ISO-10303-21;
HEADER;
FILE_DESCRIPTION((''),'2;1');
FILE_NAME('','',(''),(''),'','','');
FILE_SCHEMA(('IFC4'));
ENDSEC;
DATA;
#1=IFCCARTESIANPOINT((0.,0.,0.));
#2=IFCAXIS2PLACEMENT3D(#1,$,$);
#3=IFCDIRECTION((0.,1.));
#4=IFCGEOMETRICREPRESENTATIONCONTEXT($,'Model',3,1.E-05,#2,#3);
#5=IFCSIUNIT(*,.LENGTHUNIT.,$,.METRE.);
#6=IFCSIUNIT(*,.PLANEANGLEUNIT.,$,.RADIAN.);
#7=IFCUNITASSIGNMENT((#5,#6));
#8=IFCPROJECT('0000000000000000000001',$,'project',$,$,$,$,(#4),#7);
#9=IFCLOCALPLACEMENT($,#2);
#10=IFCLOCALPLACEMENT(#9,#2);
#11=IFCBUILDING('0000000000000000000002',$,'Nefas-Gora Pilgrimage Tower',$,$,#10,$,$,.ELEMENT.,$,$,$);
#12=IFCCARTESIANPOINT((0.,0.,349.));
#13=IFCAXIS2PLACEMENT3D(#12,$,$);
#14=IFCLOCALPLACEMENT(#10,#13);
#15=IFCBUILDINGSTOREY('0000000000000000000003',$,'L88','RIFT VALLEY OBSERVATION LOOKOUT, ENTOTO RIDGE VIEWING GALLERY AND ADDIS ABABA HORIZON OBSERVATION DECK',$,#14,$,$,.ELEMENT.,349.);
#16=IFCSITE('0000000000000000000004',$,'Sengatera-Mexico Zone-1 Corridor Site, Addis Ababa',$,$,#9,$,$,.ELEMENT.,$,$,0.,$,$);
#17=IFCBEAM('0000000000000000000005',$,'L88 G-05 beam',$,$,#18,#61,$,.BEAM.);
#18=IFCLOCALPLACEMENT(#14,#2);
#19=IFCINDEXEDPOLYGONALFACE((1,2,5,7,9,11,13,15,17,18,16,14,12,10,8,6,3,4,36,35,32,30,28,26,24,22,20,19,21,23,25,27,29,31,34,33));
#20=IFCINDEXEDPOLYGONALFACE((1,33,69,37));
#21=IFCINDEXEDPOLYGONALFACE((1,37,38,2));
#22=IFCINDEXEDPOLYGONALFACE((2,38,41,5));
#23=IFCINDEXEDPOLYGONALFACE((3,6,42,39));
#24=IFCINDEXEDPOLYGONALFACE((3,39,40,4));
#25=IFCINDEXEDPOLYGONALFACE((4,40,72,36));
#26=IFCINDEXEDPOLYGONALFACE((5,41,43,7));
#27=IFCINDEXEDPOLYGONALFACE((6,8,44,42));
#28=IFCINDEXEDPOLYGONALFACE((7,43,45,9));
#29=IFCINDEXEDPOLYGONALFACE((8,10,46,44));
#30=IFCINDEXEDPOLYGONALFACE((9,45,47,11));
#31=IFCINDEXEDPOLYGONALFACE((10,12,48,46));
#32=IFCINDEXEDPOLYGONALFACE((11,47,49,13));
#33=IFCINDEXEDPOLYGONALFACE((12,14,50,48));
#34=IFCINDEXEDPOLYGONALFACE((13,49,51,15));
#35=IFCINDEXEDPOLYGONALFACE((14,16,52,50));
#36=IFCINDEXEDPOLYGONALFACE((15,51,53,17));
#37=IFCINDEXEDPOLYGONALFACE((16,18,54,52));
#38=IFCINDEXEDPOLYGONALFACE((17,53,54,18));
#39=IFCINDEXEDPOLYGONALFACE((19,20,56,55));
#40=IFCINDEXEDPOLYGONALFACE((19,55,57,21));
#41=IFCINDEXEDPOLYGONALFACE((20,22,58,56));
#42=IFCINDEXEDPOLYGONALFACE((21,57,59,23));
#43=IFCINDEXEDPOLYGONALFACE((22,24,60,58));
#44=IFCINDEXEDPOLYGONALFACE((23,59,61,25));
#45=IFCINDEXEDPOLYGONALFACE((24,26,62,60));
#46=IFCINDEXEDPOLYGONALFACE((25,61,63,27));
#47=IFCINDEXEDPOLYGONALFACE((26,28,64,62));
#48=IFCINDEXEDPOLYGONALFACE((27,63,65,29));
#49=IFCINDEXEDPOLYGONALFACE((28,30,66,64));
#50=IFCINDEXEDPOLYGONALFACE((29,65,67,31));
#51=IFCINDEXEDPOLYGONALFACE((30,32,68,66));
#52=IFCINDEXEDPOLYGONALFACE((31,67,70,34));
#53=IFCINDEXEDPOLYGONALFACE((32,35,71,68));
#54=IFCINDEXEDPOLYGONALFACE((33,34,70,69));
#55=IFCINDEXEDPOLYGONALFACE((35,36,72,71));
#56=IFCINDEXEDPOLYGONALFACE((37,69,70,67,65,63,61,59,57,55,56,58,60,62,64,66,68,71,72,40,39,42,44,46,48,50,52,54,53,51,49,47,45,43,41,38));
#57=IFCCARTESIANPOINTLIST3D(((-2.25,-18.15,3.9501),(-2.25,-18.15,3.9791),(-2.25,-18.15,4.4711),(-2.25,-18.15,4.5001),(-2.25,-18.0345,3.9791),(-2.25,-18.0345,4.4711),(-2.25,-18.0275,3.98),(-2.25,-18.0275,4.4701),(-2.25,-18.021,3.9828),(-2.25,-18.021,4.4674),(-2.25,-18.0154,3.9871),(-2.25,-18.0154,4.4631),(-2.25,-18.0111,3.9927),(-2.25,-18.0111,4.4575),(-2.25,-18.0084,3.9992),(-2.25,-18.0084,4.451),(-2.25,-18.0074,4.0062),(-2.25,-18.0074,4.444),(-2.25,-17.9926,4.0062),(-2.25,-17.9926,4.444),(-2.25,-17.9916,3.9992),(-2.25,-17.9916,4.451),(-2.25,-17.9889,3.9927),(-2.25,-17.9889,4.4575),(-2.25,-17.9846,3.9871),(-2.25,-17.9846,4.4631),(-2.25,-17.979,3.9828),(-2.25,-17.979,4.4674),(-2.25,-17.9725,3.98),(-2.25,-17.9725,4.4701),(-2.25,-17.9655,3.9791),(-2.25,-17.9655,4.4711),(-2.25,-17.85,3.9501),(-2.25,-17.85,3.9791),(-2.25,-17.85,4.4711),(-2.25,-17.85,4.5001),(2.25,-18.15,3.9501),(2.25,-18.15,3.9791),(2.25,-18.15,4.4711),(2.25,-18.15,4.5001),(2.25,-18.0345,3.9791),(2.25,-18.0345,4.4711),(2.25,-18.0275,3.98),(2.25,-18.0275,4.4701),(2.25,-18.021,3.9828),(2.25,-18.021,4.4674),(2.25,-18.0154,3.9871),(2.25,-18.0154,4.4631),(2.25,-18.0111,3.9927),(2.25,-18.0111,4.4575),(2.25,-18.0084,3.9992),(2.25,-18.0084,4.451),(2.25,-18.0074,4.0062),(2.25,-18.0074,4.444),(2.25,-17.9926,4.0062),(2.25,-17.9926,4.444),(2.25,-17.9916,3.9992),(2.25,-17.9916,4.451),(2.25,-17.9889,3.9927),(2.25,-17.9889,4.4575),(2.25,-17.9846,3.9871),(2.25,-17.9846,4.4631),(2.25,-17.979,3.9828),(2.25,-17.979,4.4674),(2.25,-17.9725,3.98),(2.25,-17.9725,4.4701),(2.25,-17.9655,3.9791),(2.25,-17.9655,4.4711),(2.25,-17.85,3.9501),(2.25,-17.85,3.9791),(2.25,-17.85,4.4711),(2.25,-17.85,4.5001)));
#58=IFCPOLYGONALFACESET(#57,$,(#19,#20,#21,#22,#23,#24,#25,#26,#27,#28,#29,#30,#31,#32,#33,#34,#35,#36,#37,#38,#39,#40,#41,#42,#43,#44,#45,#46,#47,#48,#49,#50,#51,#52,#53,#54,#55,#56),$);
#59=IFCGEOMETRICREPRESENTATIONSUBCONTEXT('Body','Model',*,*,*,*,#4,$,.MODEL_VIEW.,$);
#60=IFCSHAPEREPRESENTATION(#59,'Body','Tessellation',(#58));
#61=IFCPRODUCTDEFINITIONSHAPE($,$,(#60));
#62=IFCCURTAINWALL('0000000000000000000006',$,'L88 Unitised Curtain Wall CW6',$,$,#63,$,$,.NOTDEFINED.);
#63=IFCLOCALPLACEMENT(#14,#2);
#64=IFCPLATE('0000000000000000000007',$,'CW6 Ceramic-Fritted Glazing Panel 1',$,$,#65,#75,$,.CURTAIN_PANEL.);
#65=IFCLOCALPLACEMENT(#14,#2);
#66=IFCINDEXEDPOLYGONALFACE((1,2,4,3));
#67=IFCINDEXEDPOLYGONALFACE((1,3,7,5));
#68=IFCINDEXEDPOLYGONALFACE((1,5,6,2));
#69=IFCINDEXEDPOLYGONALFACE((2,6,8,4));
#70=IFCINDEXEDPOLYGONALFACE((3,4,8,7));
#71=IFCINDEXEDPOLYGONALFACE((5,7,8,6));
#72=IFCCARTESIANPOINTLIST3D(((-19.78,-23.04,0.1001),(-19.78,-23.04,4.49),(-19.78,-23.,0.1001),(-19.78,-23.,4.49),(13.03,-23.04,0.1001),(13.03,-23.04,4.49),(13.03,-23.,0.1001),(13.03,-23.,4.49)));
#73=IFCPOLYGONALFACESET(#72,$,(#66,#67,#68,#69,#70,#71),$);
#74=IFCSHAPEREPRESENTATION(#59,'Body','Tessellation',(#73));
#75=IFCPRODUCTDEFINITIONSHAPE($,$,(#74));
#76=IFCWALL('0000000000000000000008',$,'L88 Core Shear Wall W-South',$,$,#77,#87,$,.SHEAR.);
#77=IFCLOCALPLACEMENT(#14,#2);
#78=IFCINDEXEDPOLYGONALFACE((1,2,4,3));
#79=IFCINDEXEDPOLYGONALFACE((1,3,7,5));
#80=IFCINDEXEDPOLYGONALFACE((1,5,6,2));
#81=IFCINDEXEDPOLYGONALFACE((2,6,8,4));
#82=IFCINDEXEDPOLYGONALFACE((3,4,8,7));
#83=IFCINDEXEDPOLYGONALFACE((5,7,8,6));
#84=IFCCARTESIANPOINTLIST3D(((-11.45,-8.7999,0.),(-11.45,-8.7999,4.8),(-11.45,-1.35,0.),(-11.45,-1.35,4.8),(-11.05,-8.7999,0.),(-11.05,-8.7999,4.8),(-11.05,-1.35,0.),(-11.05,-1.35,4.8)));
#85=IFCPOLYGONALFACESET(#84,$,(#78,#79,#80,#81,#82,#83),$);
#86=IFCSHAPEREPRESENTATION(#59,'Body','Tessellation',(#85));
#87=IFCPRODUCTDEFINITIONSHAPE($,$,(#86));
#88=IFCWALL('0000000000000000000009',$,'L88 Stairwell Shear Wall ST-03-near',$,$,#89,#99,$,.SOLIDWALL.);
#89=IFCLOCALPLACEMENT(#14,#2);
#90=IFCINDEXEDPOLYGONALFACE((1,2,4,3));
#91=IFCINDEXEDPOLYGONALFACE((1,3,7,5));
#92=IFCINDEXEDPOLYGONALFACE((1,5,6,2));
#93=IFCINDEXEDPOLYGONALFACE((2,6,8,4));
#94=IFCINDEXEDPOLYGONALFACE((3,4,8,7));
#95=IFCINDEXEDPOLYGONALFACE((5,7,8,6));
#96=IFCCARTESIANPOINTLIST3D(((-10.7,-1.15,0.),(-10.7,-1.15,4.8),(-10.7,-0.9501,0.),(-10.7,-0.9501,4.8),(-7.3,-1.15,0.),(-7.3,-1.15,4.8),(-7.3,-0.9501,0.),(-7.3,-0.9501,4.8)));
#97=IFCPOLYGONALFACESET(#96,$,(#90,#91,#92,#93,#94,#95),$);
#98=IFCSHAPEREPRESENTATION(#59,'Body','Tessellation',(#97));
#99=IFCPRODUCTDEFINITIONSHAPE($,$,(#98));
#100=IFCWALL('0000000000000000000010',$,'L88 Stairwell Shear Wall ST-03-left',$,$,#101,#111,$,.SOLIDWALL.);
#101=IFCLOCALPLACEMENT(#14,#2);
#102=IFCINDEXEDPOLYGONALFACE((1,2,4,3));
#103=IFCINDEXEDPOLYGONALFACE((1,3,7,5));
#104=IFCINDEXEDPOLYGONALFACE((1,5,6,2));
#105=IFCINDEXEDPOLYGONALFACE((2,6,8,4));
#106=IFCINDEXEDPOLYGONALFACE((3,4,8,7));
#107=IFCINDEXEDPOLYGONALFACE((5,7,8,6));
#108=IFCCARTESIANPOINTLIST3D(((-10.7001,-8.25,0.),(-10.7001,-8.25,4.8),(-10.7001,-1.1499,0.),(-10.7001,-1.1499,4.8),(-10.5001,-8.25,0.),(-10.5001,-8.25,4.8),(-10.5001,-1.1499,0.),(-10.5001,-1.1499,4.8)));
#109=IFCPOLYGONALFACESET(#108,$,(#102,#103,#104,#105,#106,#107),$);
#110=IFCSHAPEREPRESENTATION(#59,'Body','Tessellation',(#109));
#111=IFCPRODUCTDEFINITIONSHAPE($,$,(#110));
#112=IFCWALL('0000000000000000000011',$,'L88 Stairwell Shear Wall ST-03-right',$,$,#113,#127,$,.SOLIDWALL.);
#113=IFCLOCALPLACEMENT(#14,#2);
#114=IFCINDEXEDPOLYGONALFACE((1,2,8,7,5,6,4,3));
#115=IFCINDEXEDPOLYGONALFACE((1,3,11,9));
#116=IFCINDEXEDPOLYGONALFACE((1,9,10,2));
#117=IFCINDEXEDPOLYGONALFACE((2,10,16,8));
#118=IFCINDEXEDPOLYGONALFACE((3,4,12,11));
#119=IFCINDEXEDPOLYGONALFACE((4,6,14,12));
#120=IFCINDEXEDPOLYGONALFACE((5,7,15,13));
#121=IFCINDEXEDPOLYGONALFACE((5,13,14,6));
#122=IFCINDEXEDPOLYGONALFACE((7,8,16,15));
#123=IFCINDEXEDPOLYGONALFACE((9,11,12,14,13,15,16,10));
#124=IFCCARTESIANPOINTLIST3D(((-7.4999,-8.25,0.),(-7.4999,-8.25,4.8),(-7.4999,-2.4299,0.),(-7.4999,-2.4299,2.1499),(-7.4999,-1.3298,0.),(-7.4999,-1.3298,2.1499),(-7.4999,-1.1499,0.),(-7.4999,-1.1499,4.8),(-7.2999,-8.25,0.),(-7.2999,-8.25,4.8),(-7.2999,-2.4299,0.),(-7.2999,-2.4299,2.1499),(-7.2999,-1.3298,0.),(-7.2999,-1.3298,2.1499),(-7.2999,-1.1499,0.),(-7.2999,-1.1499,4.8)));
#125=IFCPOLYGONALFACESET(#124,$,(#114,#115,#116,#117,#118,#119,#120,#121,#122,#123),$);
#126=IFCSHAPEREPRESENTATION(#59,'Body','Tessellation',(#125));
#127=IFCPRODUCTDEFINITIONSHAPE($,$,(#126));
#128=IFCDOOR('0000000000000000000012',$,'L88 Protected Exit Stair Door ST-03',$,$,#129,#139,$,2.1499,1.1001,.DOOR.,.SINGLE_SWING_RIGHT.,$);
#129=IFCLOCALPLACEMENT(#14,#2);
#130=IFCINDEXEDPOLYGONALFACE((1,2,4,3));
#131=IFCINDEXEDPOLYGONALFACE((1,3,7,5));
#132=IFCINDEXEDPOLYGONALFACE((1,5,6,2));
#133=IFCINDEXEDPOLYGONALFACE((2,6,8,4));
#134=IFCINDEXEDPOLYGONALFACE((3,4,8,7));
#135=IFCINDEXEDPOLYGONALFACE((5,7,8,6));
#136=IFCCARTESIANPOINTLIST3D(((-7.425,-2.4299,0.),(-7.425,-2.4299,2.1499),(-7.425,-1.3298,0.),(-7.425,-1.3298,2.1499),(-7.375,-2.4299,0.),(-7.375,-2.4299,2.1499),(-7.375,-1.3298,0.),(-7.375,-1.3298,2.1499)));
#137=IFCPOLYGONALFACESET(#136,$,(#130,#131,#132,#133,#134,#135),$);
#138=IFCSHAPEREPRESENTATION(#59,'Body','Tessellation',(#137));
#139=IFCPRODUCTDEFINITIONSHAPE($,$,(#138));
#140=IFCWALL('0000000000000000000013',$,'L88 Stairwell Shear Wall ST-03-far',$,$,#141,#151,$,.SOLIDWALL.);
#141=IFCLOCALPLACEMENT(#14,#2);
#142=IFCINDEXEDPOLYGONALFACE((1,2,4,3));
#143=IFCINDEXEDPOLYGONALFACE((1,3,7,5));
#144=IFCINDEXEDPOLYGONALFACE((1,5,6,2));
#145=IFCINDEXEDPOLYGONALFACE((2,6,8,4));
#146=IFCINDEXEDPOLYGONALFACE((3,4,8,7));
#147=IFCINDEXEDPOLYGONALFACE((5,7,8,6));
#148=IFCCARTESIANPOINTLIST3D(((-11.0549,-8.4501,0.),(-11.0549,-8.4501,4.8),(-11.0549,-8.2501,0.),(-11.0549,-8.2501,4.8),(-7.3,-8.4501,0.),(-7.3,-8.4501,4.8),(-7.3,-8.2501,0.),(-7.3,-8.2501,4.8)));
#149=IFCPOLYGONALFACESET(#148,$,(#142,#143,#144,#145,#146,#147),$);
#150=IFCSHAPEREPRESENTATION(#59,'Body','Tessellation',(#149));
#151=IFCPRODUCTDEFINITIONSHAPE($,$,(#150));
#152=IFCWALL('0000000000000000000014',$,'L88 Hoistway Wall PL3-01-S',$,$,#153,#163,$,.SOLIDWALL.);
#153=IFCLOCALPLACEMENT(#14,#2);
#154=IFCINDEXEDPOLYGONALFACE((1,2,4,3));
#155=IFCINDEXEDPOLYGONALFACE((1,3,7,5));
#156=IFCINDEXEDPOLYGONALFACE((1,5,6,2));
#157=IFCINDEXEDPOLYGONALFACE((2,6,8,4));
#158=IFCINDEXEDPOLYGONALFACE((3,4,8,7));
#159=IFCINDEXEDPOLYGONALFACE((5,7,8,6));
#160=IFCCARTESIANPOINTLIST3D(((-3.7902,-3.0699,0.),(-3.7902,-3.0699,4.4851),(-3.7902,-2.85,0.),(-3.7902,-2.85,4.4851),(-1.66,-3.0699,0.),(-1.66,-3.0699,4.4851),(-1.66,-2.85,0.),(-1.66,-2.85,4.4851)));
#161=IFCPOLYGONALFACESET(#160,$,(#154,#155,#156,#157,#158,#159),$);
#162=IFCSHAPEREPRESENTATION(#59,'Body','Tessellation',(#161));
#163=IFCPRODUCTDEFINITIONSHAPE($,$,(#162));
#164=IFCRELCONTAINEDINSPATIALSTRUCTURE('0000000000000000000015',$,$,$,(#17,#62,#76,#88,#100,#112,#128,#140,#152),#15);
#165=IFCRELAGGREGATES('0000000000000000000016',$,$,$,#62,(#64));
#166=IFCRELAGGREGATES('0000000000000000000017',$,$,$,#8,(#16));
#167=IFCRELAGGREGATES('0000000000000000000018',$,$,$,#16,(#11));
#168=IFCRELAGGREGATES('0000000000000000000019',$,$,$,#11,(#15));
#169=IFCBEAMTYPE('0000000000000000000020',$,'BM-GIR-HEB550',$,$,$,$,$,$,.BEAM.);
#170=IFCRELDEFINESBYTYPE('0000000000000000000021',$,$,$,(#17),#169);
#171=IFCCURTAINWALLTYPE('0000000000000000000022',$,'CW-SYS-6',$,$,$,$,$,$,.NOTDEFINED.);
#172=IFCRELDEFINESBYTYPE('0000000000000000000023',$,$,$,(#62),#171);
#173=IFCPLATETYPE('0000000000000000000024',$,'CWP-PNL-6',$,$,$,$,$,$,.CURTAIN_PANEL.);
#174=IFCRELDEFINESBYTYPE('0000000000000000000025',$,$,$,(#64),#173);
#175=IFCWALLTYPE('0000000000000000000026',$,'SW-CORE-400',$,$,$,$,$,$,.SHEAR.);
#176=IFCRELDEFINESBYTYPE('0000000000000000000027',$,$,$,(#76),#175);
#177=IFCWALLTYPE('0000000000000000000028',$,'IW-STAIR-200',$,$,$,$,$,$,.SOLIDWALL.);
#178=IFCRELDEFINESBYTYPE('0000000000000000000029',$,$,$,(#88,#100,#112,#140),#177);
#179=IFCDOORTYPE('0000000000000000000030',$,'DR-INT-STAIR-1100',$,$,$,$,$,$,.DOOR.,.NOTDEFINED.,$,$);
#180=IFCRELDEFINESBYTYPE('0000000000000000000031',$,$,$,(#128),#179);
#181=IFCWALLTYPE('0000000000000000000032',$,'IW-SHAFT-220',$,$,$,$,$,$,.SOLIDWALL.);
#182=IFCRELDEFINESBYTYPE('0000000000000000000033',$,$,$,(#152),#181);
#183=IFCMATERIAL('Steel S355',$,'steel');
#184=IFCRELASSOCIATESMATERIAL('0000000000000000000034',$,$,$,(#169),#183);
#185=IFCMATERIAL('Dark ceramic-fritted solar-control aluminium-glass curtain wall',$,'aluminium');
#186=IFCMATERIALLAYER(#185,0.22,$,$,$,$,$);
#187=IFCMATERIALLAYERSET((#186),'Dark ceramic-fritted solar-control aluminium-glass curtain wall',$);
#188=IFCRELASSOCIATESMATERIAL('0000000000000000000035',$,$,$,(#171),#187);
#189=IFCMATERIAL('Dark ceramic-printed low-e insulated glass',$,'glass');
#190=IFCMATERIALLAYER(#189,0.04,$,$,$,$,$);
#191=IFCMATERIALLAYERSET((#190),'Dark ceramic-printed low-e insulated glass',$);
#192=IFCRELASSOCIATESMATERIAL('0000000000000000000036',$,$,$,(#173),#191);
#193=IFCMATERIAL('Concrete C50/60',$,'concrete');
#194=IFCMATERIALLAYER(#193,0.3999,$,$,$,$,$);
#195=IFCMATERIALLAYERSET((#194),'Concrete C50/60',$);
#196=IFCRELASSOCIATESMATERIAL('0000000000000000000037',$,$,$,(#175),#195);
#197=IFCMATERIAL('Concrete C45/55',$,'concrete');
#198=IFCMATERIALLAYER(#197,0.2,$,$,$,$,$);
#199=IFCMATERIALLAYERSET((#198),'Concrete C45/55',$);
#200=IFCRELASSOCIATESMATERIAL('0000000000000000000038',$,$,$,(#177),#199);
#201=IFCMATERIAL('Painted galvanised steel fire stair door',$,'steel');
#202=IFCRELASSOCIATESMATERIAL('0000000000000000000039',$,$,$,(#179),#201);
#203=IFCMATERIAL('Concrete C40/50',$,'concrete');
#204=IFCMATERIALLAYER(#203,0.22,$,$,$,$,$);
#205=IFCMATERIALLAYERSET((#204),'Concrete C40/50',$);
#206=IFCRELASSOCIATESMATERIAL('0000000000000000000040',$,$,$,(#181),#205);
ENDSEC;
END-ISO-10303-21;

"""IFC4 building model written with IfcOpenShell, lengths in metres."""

from ifc_helpers import new_model, si_unit, direction, frame, frame_2d, origin, origin_2d, place, context, subcontext, project, spatial, rectangle, i_section, extrude, source, transform, mapped, material, layer, layer_set, material_profile, profile_set, type_object, element, fill, aggregate, save


model = new_model("IFC4")

# Units and contexts
model_context = context("Model", 3, precision=1e-05, world=origin(), true_north=direction((0.0, 1.0)))
body_context = subcontext(model_context, "Body", "Model", "MODEL_VIEW")
ifc_project = project(units=[si_unit("LENGTHUNIT", "METRE"), si_unit("PLANEANGLEUNIT", "RADIAN")], contexts=[model_context])

# Site, building, storey
site_placement = place(None, origin())
site = spatial("IfcSite", under=ifc_project, at=site_placement, Name="Sengatera-Mexico Zone-1 Corridor Site, Addis Ababa", CompositionType="ELEMENT", RefElevation=0.0)
building_placement = place(site_placement, origin())
building = spatial("IfcBuilding", under=site, at=building_placement, Name="Nefas-Gora Pilgrimage Tower", CompositionType="ELEMENT")
storey_placement = place(building_placement, frame((0.0, 0.0, 349.0)))
storey = spatial("IfcBuildingStorey", under=building, at=storey_placement, Name="L88", Description="RIFT VALLEY OBSERVATION LOOKOUT, ENTOTO RIDGE VIEWING GALLERY AND ADDIS ABABA HORIZON OBSERVATION DECK", CompositionType="ELEMENT", Elevation=349.0)

# Shared definitions
ifc_material_1 = material(Name="Steel S355", Category="steel")
ifc_material_2 = material(Name="Concrete C50/60", Category="concrete")

# Beam
ifc_material_profile_1 = material_profile(ifc_material_1, i_section(OverallWidth=0.3, OverallDepth=0.55, WebThickness=0.0149, FlangeThickness=0.0291, FilletRadius=0.0271, at=origin_2d()), Name="HEB 550")
ifc_profile_set_1 = profile_set([ifc_material_profile_1], Name="Steel S355")
beam_type_1 = type_object("IfcBeamType", Name="BM-GIR-HEB550", PredefinedType="BEAM", material=ifc_profile_set_1)
shared_shape_1 = source(origin(), body_context, "Body", "SweptSolid", [
    extrude(i_section(OverallWidth=0.3, OverallDepth=0.55, WebThickness=0.0149, FlangeThickness=0.0291, FilletRadius=0.0271, at=origin_2d()), origin(), (0.0, 0.0, 1.0), 4.5),
])
for number, where, z_axis, x_axis, name in (
    (1, (-2.25, -18.0, 4.2251), (1.0, 0.0, 0.0), (0.0, 1.0, 0.0), "L88 G-05 beam"),
):
    element("IfcBeam", number, at=place(storey_placement, frame(where, z_axis=z_axis, x_axis=x_axis)), inside=storey, type_object=beam_type_1, Name=name, PredefinedType="BEAM", context=body_context, shape_type="MappedRepresentation", body=[
        mapped(shared_shape_1, transform((0.0, 0.0, 0.0), x_axis=(1.0, 0.0, 0.0), y_axis=(0.0, 1.0, 0.0), z_axis=(0.0, 0.0, 1.0), scale=1.0)),
    ])

# Curtain wall, plate
ifc_material_3 = material(Name="Dark ceramic-fritted solar-control aluminium-glass curtain wall", Category="aluminium")
ifc_layer_1 = layer(ifc_material_3, 0.22)
ifc_layer_set_1 = layer_set([ifc_layer_1], Name="Dark ceramic-fritted solar-control aluminium-glass curtain wall")
curtain_wall_type = type_object("IfcCurtainWallType", Name="CW-SYS-6", PredefinedType="NOTDEFINED", material=ifc_layer_set_1)
curtain_wall_placement = place(storey_placement, origin())
curtain_wall = element("IfcCurtainWall", 2, at=curtain_wall_placement, inside=storey, type_object=curtain_wall_type, Name="L88 Unitised Curtain Wall CW6", PredefinedType="NOTDEFINED")
ifc_material_4 = material(Name="Dark ceramic-printed low-e insulated glass", Category="glass")
ifc_layer_2 = layer(ifc_material_4, 0.04)
ifc_layer_set_2 = layer_set([ifc_layer_2], Name="Dark ceramic-printed low-e insulated glass")
plate_type = type_object("IfcPlateType", Name="CWP-PNL-6", PredefinedType="CURTAIN_PANEL", material=ifc_layer_set_2)
shared_shape_2 = source(origin(), body_context, "Body", "SweptSolid", [
    extrude(rectangle(XDim=32.8101, YDim=0.04, at=origin_2d()), origin(), (0.0, 0.0, 1.0), 4.3899),
])
plate_placement = place(storey_placement, frame((-3.375, -23.02, 0.1001), z_axis=(0.0, 0.0, 1.0), x_axis=(1.0, 0.0, 0.0)))
plate = element("IfcPlate", 3, at=plate_placement, type_object=plate_type, Name="CW6 Ceramic-Fritted Glazing Panel 1", PredefinedType="CURTAIN_PANEL", context=body_context, shape_type="MappedRepresentation", body=[
    mapped(shared_shape_2, transform((0.0, 0.0, 0.0), x_axis=(1.0, 0.0, 0.0), y_axis=(0.0, 1.0, 0.0), z_axis=(0.0, 0.0, 1.0), scale=1.0)),
])
aggregate(curtain_wall, [plate])

# Walls
ifc_layer_3 = layer(ifc_material_2, 0.3999)
ifc_layer_set_3 = layer_set([ifc_layer_3], Name="Concrete C50/60")
wall_type_1 = type_object("IfcWallType", Name="SW-CORE-400", PredefinedType="SHEAR", material=ifc_layer_set_3)
shared_shape_3 = source(origin(), body_context, "Body", "SweptSolid", [
    extrude(rectangle(XDim=7.45, YDim=0.3999, at=frame_2d((3.7251, 0.0))), origin(), (0.0, 0.0, 1.0), 4.8),
])
wall_1_placement = place(storey_placement, frame((-11.25, -8.8, 0.0), z_axis=(0.0, 0.0, 1.0), x_axis=(0.0, 1.0, 0.0)))
element("IfcWall", 4, at=wall_1_placement, inside=storey, type_object=wall_type_1, Name="L88 Core Shear Wall W-South", PredefinedType="SHEAR", context=body_context, shape_type="MappedRepresentation", body=[
    mapped(shared_shape_3, transform((0.0, 0.0, 0.0), x_axis=(1.0, 0.0, 0.0), y_axis=(0.0, 1.0, 0.0), z_axis=(0.0, 0.0, 1.0), scale=1.0)),
])
ifc_material_5 = material(Name="Concrete C45/55", Category="concrete")
ifc_layer_4 = layer(ifc_material_5, 0.2)
ifc_layer_set_4 = layer_set([ifc_layer_4], Name="Concrete C45/55")
wall_type_2 = type_object("IfcWallType", Name="IW-STAIR-200", PredefinedType="SOLIDWALL", material=ifc_layer_set_4)
shared_shape_4 = source(origin(), body_context, "Body", "SweptSolid", [
    extrude(rectangle(XDim=3.3999, YDim=0.2, at=frame_2d((1.7, 0.0))), origin(), (0.0, 0.0, 1.0), 4.8),
])
wall_2_placement = place(storey_placement, frame((-10.7, -1.05, 0.0), z_axis=(0.0, 0.0, 1.0), x_axis=(1.0, 0.0, 0.0)))
element("IfcWall", 5, at=wall_2_placement, inside=storey, type_object=wall_type_2, Name="L88 Stairwell Shear Wall ST-03-near", PredefinedType="SOLIDWALL", context=body_context, shape_type="MappedRepresentation", body=[
    mapped(shared_shape_4, transform((0.0, 0.0, 0.0), x_axis=(1.0, 0.0, 0.0), y_axis=(0.0, 1.0, 0.0), z_axis=(0.0, 0.0, 1.0), scale=1.0)),
])
shared_shape_5 = source(origin(), body_context, "Body", "SweptSolid", [
    extrude(rectangle(XDim=7.1001, YDim=0.2, at=frame_2d((3.55, 0.0))), origin(), (0.0, 0.0, 1.0), 4.8),
])
wall_3_placement = place(storey_placement, frame((-10.6001, -1.1499, 0.0), z_axis=(0.0, 0.0, 1.0), x_axis=(0.0, -1.0, 0.0)))
element("IfcWall", 6, at=wall_3_placement, inside=storey, type_object=wall_type_2, Name="L88 Stairwell Shear Wall ST-03-left", PredefinedType="SOLIDWALL", context=body_context, shape_type="MappedRepresentation", body=[
    mapped(shared_shape_5, transform((0.0, 0.0, 0.0), x_axis=(1.0, 0.0, 0.0), y_axis=(0.0, 1.0, 0.0), z_axis=(0.0, 0.0, 1.0), scale=1.0)),
])

# Wall, opening, door
wall_4_placement = place(storey_placement, frame((-7.3999, -1.1499, 0.0), z_axis=(0.0, 0.0, 1.0), x_axis=(0.0, -1.0, 0.0)))
wall_4 = element("IfcWall", 7, at=wall_4_placement, inside=storey, type_object=wall_type_2, Name="L88 Stairwell Shear Wall ST-03-right", PredefinedType="SOLIDWALL", context=body_context, shape_type="MappedRepresentation", body=[
    mapped(shared_shape_5, transform((0.0, 0.0, 0.0), x_axis=(1.0, 0.0, 0.0), y_axis=(0.0, 1.0, 0.0), z_axis=(0.0, 0.0, 1.0), scale=1.0)),
])
opening_placement = place(wall_4_placement, frame((0.1799, 0.0, 0.0)))
opening = element("IfcOpeningElement", 8, at=opening_placement, cuts=wall_4, PredefinedType="OPENING", context=body_context, shape_type="SweptSolid", body=[
    extrude(rectangle(XDim=1.1001, YDim=2.1499, at=frame_2d((0.55, 1.075))), frame((0.0, 0.1099, 0.0), z_axis=(0.0, -1.0, 0.0), x_axis=(1.0, 0.0, 0.0)), (0.0, 0.0, 1.0), 0.22),
])
ifc_material_6 = material(Name="Painted galvanised steel fire stair door", Category="steel")
door_type = type_object("IfcDoorType", Name="DR-INT-STAIR-1100", OperationType="NOTDEFINED", PredefinedType="DOOR", material=ifc_material_6)
shared_shape_6 = source(origin(), body_context, "Body", "SweptSolid", [
    extrude(rectangle(XDim=1.1001, YDim=2.1499, at=frame_2d((0.55, 1.075))), frame((0.0, 0.0249, 0.0), z_axis=(0.0, -1.0, 0.0), x_axis=(1.0, 0.0, 0.0)), (0.0, 0.0, 1.0), 0.05),
])
door_placement = place(opening_placement, origin())
door = element("IfcDoor", 9, at=door_placement, inside=storey, type_object=door_type, Name="L88 Protected Exit Stair Door ST-03", OperationType="SINGLE_SWING_RIGHT", OverallHeight=2.1499, OverallWidth=1.1001, PredefinedType="DOOR", context=body_context, shape_type="MappedRepresentation", body=[
    mapped(shared_shape_6, transform((0.0, 0.0, 0.0), x_axis=(1.0, 0.0, 0.0), y_axis=(0.0, 1.0, 0.0), z_axis=(0.0, 0.0, 1.0), scale=1.0)),
])
fill(opening, door)

# Walls
shared_shape_7 = source(origin(), body_context, "Body", "SweptSolid", [
    extrude(rectangle(XDim=3.7549, YDim=0.2, at=frame_2d((1.8774, 0.0))), origin(), (0.0, 0.0, 1.0), 4.8),
])
wall_5_placement = place(storey_placement, frame((-11.0549, -8.3501, 0.0), z_axis=(0.0, 0.0, 1.0), x_axis=(1.0, 0.0, 0.0)))
element("IfcWall", 10, at=wall_5_placement, inside=storey, type_object=wall_type_2, Name="L88 Stairwell Shear Wall ST-03-far", PredefinedType="SOLIDWALL", context=body_context, shape_type="MappedRepresentation", body=[
    mapped(shared_shape_7, transform((0.0, 0.0, 0.0), x_axis=(1.0, 0.0, 0.0), y_axis=(0.0, 1.0, 0.0), z_axis=(0.0, 0.0, 1.0), scale=1.0)),
])
ifc_material_7 = material(Name="Concrete C40/50", Category="concrete")
ifc_layer_5 = layer(ifc_material_7, 0.22)
ifc_layer_set_5 = layer_set([ifc_layer_5], Name="Concrete C40/50")
wall_type_3 = type_object("IfcWallType", Name="IW-SHAFT-220", PredefinedType="SOLIDWALL", material=ifc_layer_set_5)
shared_shape_8 = source(origin(), body_context, "Body", "SweptSolid", [
    extrude(rectangle(XDim=2.1301, YDim=0.22, at=frame_2d((1.0649, 0.0))), origin(), (0.0, 0.0, 1.0), 4.4851),
])
wall_6_placement = place(storey_placement, frame((-3.79, -2.96, 0.0), z_axis=(0.0, 0.0, 1.0), x_axis=(1.0, 0.0, 0.0)))
element("IfcWall", 11, at=wall_6_placement, inside=storey, type_object=wall_type_3, Name="L88 Hoistway Wall PL3-01-S", PredefinedType="SOLIDWALL", context=body_context, shape_type="MappedRepresentation", body=[
    mapped(shared_shape_8, transform((0.0, 0.0, 0.0), x_axis=(1.0, 0.0, 0.0), y_axis=(0.0, 1.0, 0.0), z_axis=(0.0, 0.0, 1.0), scale=1.0)),
])

save(model, "model.ifc")
